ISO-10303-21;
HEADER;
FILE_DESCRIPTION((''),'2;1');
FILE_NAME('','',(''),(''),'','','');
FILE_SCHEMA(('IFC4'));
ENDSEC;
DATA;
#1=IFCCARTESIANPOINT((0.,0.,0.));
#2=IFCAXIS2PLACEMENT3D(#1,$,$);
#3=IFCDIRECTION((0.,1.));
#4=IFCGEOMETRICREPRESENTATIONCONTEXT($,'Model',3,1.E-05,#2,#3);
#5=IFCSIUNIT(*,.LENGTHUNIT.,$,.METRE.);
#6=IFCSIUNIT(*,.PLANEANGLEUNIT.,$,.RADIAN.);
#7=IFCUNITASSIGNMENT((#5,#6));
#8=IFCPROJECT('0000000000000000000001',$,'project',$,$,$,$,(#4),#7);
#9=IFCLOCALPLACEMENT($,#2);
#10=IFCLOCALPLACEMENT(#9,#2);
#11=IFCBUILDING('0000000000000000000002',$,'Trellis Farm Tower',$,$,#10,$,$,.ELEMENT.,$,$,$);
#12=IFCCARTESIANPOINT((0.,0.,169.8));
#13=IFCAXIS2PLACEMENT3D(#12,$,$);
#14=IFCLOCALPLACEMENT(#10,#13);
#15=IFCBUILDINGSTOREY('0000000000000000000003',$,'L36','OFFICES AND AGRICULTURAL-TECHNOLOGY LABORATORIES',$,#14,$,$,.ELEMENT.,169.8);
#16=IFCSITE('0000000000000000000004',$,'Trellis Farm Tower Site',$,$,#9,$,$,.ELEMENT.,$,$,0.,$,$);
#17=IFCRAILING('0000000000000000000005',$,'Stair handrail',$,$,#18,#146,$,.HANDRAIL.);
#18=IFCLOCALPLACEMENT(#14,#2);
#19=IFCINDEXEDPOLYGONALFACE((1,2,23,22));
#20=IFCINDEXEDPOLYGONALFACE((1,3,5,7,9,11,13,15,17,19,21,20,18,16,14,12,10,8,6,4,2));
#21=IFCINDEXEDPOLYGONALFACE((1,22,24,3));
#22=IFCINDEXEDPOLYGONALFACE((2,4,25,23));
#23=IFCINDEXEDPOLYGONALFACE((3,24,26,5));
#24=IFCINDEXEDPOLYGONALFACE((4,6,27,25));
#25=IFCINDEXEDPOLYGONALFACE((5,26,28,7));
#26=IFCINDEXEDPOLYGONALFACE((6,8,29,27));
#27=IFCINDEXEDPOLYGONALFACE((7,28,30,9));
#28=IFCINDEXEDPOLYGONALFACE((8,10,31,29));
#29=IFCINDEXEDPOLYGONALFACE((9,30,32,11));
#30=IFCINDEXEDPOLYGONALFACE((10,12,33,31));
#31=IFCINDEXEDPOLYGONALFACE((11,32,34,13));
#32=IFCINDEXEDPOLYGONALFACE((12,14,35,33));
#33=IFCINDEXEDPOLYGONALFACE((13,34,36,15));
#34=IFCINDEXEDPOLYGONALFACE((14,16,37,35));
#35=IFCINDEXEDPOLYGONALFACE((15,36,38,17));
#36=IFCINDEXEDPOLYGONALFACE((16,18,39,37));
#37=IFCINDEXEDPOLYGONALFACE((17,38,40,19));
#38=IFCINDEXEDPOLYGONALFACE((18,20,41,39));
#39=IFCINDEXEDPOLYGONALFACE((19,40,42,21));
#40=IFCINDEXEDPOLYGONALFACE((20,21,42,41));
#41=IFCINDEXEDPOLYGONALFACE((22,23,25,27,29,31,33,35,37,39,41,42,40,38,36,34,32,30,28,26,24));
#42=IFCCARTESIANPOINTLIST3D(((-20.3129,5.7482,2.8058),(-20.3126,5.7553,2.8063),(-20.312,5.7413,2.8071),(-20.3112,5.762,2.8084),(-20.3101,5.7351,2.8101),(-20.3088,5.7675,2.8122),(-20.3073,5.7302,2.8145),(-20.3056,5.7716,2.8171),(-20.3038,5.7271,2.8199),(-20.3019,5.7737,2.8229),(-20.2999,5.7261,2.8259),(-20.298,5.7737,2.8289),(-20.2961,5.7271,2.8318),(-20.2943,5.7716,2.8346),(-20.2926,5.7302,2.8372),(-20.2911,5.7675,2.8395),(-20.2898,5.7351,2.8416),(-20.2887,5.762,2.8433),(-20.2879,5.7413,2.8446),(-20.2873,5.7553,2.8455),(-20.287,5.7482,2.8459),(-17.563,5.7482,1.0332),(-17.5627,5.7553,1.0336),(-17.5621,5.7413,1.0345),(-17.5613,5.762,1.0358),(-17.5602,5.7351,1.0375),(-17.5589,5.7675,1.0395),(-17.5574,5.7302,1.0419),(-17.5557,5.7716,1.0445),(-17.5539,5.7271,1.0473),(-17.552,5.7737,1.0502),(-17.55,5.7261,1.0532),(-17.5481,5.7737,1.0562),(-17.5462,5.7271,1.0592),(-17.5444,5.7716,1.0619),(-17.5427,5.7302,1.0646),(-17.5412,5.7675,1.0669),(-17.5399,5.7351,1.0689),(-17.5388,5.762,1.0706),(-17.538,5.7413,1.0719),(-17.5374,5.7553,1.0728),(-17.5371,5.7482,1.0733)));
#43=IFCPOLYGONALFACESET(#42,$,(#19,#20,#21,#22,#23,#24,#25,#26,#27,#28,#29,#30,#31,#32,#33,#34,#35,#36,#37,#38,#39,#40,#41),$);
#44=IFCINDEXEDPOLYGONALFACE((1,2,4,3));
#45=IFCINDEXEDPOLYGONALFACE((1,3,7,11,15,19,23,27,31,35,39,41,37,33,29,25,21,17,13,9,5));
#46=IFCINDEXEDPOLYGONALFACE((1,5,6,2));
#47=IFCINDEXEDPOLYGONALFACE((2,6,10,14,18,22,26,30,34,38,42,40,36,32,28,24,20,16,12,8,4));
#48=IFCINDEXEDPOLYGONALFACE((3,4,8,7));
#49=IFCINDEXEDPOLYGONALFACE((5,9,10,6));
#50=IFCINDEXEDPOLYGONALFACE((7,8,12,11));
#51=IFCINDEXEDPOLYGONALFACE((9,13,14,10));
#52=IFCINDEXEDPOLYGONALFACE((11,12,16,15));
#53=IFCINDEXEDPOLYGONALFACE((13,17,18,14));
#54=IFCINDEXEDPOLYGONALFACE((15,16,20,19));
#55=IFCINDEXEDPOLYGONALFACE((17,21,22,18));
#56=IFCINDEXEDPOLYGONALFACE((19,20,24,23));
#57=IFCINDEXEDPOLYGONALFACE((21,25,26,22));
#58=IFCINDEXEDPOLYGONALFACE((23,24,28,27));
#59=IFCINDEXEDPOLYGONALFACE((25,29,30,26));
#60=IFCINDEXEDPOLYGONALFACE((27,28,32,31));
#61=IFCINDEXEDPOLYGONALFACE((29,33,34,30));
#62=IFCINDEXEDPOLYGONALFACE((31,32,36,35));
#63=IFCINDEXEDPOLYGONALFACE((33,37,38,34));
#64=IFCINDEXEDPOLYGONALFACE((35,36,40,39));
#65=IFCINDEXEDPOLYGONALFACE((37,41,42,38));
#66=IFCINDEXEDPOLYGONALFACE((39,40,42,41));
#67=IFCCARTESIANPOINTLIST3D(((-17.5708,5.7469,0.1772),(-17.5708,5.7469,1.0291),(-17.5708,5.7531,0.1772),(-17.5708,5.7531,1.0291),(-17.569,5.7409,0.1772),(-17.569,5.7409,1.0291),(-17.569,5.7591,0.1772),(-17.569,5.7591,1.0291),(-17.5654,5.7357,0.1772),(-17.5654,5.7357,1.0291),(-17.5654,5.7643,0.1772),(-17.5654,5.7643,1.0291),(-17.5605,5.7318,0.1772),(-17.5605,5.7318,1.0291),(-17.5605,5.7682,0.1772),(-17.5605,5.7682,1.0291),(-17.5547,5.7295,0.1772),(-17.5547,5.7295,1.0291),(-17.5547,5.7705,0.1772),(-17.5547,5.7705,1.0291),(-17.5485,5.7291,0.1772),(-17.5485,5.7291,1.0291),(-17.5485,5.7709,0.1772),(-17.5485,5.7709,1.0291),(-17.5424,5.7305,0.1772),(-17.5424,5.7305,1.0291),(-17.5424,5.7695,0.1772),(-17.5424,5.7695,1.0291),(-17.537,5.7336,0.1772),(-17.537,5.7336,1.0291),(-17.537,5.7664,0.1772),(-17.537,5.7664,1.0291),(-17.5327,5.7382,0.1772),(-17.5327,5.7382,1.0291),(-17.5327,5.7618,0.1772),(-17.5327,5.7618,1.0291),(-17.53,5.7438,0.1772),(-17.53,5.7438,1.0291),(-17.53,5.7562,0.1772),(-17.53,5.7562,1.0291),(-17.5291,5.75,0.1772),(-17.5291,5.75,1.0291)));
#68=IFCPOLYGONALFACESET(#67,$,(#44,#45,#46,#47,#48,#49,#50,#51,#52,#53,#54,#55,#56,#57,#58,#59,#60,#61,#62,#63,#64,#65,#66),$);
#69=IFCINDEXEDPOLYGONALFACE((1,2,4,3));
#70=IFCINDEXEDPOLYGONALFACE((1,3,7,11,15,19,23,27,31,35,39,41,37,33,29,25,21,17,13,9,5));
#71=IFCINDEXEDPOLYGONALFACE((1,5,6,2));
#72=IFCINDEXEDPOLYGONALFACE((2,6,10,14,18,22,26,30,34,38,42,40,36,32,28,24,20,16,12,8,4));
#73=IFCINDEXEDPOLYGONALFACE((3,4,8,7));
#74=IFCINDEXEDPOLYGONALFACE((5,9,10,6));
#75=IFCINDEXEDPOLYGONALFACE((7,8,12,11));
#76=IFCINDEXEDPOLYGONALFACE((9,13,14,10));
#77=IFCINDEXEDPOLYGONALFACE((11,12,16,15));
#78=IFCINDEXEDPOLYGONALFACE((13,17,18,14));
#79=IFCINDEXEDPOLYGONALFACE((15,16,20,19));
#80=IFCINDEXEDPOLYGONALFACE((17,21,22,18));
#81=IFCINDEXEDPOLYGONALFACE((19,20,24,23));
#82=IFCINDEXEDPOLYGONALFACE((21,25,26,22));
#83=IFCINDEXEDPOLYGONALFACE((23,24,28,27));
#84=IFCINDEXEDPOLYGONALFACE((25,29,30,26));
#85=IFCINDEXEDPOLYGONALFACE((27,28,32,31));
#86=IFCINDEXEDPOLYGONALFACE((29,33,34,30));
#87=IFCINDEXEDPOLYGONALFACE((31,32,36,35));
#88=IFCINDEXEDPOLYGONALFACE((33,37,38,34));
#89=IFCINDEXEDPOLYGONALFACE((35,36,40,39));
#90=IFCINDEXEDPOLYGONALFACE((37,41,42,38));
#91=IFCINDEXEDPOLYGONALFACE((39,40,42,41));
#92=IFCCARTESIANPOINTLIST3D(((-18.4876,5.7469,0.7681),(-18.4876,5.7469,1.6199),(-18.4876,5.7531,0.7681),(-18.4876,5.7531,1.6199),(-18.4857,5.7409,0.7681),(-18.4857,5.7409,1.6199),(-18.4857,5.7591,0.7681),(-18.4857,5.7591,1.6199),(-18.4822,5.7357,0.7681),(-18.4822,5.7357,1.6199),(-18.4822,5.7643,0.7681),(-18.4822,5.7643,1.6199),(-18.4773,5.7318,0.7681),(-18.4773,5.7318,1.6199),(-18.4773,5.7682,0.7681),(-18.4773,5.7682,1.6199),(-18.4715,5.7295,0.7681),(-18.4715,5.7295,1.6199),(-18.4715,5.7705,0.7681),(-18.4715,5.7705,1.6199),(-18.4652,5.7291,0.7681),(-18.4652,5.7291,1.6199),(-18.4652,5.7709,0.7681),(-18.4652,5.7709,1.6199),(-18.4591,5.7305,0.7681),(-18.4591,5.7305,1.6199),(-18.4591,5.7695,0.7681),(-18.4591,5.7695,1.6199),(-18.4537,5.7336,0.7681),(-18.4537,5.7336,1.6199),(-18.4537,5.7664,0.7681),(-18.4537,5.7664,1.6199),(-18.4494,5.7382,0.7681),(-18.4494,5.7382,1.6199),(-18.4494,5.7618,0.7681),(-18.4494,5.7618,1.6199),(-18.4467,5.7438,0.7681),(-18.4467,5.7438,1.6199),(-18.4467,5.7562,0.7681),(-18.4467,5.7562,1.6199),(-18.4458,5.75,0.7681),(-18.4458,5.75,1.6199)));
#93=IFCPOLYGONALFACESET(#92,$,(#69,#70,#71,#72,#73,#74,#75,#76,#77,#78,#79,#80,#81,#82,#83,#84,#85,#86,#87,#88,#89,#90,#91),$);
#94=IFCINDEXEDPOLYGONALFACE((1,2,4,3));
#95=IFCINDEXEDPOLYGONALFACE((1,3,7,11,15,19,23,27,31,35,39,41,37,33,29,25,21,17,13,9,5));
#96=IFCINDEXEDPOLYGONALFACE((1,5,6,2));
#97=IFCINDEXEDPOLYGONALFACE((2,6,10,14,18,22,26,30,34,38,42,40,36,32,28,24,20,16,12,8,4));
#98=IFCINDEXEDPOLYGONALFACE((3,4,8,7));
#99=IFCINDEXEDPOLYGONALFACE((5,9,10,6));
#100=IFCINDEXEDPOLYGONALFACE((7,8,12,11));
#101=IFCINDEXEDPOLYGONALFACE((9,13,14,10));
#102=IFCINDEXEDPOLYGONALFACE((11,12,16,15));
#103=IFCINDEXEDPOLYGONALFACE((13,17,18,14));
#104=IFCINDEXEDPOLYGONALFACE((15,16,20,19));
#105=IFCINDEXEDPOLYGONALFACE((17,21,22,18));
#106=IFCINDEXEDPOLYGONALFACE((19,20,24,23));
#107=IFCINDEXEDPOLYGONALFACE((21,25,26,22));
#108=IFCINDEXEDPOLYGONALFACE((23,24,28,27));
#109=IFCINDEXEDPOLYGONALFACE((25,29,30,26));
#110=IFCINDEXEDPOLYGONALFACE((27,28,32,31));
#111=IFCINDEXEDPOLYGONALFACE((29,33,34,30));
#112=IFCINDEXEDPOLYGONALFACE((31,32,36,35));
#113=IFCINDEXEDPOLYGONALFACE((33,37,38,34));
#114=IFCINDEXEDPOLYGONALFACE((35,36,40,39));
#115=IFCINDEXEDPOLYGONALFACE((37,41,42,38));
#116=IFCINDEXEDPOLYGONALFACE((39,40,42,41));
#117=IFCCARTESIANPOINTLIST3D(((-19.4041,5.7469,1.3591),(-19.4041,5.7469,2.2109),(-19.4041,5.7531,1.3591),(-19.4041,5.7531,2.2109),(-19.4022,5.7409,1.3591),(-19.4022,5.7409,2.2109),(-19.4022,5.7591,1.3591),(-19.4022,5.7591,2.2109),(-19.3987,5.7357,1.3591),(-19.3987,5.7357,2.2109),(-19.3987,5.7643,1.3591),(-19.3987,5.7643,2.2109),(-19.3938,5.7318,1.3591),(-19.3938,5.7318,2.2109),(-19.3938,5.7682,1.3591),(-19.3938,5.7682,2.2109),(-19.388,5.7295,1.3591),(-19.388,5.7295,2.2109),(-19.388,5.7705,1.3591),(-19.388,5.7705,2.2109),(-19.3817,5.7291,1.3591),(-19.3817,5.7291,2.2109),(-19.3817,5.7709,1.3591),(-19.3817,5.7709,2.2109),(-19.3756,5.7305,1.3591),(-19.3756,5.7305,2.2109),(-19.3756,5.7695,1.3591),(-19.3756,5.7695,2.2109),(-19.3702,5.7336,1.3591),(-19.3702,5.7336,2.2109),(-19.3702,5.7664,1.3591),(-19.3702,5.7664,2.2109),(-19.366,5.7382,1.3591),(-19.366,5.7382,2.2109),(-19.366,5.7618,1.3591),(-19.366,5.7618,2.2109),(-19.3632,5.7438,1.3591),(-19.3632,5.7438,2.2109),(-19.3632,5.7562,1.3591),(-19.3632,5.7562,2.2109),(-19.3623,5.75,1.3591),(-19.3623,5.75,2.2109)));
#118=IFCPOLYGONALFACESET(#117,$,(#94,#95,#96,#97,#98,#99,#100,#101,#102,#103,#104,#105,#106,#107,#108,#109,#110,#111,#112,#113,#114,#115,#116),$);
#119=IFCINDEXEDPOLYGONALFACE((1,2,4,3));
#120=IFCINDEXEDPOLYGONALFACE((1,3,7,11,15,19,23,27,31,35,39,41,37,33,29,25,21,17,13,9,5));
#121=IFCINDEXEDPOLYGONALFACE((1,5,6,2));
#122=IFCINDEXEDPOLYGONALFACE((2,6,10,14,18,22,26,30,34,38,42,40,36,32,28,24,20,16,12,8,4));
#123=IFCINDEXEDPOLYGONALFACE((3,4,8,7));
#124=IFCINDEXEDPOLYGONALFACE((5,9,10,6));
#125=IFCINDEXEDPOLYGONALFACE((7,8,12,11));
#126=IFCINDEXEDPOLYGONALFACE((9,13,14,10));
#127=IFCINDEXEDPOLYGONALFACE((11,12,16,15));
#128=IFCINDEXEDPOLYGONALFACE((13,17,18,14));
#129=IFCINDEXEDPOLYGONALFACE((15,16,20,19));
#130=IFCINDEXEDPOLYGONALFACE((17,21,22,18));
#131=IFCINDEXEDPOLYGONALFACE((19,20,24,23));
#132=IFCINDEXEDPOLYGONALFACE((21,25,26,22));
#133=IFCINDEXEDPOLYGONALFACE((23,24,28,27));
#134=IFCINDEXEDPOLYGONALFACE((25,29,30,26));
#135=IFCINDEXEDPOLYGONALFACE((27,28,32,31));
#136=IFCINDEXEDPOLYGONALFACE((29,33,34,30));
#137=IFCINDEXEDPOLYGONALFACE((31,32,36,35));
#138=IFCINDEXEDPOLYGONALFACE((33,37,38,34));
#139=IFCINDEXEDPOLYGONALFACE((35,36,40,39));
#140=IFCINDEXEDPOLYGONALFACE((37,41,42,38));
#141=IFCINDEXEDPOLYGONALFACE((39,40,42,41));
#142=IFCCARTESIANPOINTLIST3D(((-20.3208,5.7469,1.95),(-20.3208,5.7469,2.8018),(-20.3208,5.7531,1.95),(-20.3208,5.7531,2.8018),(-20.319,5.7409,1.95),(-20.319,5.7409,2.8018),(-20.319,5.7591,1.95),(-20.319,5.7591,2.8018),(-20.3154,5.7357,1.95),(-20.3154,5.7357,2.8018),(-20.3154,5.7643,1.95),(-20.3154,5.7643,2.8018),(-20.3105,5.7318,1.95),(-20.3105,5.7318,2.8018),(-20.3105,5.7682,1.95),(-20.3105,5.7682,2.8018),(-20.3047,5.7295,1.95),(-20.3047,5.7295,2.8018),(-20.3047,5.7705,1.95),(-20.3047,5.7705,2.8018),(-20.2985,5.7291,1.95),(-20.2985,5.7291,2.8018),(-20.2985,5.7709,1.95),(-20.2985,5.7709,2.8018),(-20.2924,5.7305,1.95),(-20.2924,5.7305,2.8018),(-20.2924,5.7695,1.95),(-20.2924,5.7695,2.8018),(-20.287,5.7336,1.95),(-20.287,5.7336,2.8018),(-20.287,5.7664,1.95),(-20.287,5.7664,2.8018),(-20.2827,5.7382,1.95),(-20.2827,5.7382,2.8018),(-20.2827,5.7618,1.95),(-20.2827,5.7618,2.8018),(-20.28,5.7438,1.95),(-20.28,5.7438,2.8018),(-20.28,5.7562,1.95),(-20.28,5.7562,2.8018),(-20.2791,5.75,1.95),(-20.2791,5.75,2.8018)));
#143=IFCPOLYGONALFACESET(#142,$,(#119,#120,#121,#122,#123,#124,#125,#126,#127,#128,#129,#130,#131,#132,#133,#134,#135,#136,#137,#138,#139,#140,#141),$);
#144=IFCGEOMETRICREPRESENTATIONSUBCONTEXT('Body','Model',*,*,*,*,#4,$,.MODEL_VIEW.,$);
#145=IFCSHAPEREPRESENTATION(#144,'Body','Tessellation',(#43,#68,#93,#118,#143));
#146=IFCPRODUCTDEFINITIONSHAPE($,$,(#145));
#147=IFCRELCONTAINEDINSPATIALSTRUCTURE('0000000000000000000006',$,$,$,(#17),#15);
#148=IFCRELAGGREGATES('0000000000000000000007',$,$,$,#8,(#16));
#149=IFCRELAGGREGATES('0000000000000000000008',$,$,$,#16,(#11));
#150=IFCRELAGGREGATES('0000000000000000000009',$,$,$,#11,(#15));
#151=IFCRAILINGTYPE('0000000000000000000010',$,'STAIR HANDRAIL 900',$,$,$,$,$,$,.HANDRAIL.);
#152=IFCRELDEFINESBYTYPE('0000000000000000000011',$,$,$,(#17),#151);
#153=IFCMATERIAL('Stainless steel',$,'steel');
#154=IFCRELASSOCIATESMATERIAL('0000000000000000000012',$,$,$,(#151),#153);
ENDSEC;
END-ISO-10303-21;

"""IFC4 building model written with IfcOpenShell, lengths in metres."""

from ifc_helpers import new_model, si_unit, direction, frame, origin, origin_2d, place, context, subcontext, project, spatial, circle, extrude, source, transform, mapped, material, type_object, element, save


model = new_model("IFC4")

# Units and contexts
model_context = context("Model", 3, precision=1e-05, world=origin(), true_north=direction((0.0, 1.0)))
body_context = subcontext(model_context, "Body", "Model", "MODEL_VIEW")
ifc_project = project(units=[si_unit("LENGTHUNIT", "METRE"), si_unit("PLANEANGLEUNIT", "RADIAN")], contexts=[model_context])

# Site, building, storey
site_placement = place(None, origin())
site = spatial("IfcSite", under=ifc_project, at=site_placement, Name="Trellis Farm Tower Site", CompositionType="ELEMENT", RefElevation=0.0)
building_placement = place(site_placement, origin())
building = spatial("IfcBuilding", under=site, at=building_placement, Name="Trellis Farm Tower", CompositionType="ELEMENT")
storey_placement = place(building_placement, frame((0.0, 0.0, 169.8)))
storey = spatial("IfcBuildingStorey", under=building, at=storey_placement, Name="L36", Description="OFFICES AND AGRICULTURAL-TECHNOLOGY LABORATORIES", CompositionType="ELEMENT", Elevation=169.8)

# Railing
ifc_material_1 = material(Name="Stainless steel", Category="steel")
railing_type = type_object("IfcRailingType", Name="STAIR HANDRAIL 900", PredefinedType="HANDRAIL", material=ifc_material_1)
shared_shape_1 = source(origin(), body_context, "Body", "SweptSolid", [
    extrude(circle(Radius=0.0239, at=origin_2d()), frame((0.0, 0.0, 0.876), z_axis=(-0.840504, 0.0, 0.541806), x_axis=(0.0, -1.0, 0.0)), (0.0, 0.0, 1.0), 3.2717),
    extrude(circle(Radius=0.021, at=origin_2d()), origin(), (0.0, 0.0, 1.0), 0.8518),
    extrude(circle(Radius=0.021, at=origin_2d()), frame((-0.9167, 0.0, 0.5908)), (0.0, 0.0, 1.0), 0.8518),
    extrude(circle(Radius=0.021, at=origin_2d()), frame((-1.8333, 0.0, 1.1819)), (0.0, 0.0, 1.0), 0.8518),
    extrude(circle(Radius=0.021, at=origin_2d()), frame((-2.75, 0.0, 1.7727)), (0.0, 0.0, 1.0), 0.8518),
])
for number, where, name in (
    (1, (-17.55, 5.75, 0.1772), "Stair handrail"),
):
    element("IfcRailing", number, at=place(storey_placement, frame(where)), inside=storey, type_object=railing_type, Name=name, PredefinedType="HANDRAIL", context=body_context, shape_type="MappedRepresentation", body=[
        mapped(shared_shape_1, transform((0.0, 0.0, 0.0))),
    ])

save(model, "model.ifc")
